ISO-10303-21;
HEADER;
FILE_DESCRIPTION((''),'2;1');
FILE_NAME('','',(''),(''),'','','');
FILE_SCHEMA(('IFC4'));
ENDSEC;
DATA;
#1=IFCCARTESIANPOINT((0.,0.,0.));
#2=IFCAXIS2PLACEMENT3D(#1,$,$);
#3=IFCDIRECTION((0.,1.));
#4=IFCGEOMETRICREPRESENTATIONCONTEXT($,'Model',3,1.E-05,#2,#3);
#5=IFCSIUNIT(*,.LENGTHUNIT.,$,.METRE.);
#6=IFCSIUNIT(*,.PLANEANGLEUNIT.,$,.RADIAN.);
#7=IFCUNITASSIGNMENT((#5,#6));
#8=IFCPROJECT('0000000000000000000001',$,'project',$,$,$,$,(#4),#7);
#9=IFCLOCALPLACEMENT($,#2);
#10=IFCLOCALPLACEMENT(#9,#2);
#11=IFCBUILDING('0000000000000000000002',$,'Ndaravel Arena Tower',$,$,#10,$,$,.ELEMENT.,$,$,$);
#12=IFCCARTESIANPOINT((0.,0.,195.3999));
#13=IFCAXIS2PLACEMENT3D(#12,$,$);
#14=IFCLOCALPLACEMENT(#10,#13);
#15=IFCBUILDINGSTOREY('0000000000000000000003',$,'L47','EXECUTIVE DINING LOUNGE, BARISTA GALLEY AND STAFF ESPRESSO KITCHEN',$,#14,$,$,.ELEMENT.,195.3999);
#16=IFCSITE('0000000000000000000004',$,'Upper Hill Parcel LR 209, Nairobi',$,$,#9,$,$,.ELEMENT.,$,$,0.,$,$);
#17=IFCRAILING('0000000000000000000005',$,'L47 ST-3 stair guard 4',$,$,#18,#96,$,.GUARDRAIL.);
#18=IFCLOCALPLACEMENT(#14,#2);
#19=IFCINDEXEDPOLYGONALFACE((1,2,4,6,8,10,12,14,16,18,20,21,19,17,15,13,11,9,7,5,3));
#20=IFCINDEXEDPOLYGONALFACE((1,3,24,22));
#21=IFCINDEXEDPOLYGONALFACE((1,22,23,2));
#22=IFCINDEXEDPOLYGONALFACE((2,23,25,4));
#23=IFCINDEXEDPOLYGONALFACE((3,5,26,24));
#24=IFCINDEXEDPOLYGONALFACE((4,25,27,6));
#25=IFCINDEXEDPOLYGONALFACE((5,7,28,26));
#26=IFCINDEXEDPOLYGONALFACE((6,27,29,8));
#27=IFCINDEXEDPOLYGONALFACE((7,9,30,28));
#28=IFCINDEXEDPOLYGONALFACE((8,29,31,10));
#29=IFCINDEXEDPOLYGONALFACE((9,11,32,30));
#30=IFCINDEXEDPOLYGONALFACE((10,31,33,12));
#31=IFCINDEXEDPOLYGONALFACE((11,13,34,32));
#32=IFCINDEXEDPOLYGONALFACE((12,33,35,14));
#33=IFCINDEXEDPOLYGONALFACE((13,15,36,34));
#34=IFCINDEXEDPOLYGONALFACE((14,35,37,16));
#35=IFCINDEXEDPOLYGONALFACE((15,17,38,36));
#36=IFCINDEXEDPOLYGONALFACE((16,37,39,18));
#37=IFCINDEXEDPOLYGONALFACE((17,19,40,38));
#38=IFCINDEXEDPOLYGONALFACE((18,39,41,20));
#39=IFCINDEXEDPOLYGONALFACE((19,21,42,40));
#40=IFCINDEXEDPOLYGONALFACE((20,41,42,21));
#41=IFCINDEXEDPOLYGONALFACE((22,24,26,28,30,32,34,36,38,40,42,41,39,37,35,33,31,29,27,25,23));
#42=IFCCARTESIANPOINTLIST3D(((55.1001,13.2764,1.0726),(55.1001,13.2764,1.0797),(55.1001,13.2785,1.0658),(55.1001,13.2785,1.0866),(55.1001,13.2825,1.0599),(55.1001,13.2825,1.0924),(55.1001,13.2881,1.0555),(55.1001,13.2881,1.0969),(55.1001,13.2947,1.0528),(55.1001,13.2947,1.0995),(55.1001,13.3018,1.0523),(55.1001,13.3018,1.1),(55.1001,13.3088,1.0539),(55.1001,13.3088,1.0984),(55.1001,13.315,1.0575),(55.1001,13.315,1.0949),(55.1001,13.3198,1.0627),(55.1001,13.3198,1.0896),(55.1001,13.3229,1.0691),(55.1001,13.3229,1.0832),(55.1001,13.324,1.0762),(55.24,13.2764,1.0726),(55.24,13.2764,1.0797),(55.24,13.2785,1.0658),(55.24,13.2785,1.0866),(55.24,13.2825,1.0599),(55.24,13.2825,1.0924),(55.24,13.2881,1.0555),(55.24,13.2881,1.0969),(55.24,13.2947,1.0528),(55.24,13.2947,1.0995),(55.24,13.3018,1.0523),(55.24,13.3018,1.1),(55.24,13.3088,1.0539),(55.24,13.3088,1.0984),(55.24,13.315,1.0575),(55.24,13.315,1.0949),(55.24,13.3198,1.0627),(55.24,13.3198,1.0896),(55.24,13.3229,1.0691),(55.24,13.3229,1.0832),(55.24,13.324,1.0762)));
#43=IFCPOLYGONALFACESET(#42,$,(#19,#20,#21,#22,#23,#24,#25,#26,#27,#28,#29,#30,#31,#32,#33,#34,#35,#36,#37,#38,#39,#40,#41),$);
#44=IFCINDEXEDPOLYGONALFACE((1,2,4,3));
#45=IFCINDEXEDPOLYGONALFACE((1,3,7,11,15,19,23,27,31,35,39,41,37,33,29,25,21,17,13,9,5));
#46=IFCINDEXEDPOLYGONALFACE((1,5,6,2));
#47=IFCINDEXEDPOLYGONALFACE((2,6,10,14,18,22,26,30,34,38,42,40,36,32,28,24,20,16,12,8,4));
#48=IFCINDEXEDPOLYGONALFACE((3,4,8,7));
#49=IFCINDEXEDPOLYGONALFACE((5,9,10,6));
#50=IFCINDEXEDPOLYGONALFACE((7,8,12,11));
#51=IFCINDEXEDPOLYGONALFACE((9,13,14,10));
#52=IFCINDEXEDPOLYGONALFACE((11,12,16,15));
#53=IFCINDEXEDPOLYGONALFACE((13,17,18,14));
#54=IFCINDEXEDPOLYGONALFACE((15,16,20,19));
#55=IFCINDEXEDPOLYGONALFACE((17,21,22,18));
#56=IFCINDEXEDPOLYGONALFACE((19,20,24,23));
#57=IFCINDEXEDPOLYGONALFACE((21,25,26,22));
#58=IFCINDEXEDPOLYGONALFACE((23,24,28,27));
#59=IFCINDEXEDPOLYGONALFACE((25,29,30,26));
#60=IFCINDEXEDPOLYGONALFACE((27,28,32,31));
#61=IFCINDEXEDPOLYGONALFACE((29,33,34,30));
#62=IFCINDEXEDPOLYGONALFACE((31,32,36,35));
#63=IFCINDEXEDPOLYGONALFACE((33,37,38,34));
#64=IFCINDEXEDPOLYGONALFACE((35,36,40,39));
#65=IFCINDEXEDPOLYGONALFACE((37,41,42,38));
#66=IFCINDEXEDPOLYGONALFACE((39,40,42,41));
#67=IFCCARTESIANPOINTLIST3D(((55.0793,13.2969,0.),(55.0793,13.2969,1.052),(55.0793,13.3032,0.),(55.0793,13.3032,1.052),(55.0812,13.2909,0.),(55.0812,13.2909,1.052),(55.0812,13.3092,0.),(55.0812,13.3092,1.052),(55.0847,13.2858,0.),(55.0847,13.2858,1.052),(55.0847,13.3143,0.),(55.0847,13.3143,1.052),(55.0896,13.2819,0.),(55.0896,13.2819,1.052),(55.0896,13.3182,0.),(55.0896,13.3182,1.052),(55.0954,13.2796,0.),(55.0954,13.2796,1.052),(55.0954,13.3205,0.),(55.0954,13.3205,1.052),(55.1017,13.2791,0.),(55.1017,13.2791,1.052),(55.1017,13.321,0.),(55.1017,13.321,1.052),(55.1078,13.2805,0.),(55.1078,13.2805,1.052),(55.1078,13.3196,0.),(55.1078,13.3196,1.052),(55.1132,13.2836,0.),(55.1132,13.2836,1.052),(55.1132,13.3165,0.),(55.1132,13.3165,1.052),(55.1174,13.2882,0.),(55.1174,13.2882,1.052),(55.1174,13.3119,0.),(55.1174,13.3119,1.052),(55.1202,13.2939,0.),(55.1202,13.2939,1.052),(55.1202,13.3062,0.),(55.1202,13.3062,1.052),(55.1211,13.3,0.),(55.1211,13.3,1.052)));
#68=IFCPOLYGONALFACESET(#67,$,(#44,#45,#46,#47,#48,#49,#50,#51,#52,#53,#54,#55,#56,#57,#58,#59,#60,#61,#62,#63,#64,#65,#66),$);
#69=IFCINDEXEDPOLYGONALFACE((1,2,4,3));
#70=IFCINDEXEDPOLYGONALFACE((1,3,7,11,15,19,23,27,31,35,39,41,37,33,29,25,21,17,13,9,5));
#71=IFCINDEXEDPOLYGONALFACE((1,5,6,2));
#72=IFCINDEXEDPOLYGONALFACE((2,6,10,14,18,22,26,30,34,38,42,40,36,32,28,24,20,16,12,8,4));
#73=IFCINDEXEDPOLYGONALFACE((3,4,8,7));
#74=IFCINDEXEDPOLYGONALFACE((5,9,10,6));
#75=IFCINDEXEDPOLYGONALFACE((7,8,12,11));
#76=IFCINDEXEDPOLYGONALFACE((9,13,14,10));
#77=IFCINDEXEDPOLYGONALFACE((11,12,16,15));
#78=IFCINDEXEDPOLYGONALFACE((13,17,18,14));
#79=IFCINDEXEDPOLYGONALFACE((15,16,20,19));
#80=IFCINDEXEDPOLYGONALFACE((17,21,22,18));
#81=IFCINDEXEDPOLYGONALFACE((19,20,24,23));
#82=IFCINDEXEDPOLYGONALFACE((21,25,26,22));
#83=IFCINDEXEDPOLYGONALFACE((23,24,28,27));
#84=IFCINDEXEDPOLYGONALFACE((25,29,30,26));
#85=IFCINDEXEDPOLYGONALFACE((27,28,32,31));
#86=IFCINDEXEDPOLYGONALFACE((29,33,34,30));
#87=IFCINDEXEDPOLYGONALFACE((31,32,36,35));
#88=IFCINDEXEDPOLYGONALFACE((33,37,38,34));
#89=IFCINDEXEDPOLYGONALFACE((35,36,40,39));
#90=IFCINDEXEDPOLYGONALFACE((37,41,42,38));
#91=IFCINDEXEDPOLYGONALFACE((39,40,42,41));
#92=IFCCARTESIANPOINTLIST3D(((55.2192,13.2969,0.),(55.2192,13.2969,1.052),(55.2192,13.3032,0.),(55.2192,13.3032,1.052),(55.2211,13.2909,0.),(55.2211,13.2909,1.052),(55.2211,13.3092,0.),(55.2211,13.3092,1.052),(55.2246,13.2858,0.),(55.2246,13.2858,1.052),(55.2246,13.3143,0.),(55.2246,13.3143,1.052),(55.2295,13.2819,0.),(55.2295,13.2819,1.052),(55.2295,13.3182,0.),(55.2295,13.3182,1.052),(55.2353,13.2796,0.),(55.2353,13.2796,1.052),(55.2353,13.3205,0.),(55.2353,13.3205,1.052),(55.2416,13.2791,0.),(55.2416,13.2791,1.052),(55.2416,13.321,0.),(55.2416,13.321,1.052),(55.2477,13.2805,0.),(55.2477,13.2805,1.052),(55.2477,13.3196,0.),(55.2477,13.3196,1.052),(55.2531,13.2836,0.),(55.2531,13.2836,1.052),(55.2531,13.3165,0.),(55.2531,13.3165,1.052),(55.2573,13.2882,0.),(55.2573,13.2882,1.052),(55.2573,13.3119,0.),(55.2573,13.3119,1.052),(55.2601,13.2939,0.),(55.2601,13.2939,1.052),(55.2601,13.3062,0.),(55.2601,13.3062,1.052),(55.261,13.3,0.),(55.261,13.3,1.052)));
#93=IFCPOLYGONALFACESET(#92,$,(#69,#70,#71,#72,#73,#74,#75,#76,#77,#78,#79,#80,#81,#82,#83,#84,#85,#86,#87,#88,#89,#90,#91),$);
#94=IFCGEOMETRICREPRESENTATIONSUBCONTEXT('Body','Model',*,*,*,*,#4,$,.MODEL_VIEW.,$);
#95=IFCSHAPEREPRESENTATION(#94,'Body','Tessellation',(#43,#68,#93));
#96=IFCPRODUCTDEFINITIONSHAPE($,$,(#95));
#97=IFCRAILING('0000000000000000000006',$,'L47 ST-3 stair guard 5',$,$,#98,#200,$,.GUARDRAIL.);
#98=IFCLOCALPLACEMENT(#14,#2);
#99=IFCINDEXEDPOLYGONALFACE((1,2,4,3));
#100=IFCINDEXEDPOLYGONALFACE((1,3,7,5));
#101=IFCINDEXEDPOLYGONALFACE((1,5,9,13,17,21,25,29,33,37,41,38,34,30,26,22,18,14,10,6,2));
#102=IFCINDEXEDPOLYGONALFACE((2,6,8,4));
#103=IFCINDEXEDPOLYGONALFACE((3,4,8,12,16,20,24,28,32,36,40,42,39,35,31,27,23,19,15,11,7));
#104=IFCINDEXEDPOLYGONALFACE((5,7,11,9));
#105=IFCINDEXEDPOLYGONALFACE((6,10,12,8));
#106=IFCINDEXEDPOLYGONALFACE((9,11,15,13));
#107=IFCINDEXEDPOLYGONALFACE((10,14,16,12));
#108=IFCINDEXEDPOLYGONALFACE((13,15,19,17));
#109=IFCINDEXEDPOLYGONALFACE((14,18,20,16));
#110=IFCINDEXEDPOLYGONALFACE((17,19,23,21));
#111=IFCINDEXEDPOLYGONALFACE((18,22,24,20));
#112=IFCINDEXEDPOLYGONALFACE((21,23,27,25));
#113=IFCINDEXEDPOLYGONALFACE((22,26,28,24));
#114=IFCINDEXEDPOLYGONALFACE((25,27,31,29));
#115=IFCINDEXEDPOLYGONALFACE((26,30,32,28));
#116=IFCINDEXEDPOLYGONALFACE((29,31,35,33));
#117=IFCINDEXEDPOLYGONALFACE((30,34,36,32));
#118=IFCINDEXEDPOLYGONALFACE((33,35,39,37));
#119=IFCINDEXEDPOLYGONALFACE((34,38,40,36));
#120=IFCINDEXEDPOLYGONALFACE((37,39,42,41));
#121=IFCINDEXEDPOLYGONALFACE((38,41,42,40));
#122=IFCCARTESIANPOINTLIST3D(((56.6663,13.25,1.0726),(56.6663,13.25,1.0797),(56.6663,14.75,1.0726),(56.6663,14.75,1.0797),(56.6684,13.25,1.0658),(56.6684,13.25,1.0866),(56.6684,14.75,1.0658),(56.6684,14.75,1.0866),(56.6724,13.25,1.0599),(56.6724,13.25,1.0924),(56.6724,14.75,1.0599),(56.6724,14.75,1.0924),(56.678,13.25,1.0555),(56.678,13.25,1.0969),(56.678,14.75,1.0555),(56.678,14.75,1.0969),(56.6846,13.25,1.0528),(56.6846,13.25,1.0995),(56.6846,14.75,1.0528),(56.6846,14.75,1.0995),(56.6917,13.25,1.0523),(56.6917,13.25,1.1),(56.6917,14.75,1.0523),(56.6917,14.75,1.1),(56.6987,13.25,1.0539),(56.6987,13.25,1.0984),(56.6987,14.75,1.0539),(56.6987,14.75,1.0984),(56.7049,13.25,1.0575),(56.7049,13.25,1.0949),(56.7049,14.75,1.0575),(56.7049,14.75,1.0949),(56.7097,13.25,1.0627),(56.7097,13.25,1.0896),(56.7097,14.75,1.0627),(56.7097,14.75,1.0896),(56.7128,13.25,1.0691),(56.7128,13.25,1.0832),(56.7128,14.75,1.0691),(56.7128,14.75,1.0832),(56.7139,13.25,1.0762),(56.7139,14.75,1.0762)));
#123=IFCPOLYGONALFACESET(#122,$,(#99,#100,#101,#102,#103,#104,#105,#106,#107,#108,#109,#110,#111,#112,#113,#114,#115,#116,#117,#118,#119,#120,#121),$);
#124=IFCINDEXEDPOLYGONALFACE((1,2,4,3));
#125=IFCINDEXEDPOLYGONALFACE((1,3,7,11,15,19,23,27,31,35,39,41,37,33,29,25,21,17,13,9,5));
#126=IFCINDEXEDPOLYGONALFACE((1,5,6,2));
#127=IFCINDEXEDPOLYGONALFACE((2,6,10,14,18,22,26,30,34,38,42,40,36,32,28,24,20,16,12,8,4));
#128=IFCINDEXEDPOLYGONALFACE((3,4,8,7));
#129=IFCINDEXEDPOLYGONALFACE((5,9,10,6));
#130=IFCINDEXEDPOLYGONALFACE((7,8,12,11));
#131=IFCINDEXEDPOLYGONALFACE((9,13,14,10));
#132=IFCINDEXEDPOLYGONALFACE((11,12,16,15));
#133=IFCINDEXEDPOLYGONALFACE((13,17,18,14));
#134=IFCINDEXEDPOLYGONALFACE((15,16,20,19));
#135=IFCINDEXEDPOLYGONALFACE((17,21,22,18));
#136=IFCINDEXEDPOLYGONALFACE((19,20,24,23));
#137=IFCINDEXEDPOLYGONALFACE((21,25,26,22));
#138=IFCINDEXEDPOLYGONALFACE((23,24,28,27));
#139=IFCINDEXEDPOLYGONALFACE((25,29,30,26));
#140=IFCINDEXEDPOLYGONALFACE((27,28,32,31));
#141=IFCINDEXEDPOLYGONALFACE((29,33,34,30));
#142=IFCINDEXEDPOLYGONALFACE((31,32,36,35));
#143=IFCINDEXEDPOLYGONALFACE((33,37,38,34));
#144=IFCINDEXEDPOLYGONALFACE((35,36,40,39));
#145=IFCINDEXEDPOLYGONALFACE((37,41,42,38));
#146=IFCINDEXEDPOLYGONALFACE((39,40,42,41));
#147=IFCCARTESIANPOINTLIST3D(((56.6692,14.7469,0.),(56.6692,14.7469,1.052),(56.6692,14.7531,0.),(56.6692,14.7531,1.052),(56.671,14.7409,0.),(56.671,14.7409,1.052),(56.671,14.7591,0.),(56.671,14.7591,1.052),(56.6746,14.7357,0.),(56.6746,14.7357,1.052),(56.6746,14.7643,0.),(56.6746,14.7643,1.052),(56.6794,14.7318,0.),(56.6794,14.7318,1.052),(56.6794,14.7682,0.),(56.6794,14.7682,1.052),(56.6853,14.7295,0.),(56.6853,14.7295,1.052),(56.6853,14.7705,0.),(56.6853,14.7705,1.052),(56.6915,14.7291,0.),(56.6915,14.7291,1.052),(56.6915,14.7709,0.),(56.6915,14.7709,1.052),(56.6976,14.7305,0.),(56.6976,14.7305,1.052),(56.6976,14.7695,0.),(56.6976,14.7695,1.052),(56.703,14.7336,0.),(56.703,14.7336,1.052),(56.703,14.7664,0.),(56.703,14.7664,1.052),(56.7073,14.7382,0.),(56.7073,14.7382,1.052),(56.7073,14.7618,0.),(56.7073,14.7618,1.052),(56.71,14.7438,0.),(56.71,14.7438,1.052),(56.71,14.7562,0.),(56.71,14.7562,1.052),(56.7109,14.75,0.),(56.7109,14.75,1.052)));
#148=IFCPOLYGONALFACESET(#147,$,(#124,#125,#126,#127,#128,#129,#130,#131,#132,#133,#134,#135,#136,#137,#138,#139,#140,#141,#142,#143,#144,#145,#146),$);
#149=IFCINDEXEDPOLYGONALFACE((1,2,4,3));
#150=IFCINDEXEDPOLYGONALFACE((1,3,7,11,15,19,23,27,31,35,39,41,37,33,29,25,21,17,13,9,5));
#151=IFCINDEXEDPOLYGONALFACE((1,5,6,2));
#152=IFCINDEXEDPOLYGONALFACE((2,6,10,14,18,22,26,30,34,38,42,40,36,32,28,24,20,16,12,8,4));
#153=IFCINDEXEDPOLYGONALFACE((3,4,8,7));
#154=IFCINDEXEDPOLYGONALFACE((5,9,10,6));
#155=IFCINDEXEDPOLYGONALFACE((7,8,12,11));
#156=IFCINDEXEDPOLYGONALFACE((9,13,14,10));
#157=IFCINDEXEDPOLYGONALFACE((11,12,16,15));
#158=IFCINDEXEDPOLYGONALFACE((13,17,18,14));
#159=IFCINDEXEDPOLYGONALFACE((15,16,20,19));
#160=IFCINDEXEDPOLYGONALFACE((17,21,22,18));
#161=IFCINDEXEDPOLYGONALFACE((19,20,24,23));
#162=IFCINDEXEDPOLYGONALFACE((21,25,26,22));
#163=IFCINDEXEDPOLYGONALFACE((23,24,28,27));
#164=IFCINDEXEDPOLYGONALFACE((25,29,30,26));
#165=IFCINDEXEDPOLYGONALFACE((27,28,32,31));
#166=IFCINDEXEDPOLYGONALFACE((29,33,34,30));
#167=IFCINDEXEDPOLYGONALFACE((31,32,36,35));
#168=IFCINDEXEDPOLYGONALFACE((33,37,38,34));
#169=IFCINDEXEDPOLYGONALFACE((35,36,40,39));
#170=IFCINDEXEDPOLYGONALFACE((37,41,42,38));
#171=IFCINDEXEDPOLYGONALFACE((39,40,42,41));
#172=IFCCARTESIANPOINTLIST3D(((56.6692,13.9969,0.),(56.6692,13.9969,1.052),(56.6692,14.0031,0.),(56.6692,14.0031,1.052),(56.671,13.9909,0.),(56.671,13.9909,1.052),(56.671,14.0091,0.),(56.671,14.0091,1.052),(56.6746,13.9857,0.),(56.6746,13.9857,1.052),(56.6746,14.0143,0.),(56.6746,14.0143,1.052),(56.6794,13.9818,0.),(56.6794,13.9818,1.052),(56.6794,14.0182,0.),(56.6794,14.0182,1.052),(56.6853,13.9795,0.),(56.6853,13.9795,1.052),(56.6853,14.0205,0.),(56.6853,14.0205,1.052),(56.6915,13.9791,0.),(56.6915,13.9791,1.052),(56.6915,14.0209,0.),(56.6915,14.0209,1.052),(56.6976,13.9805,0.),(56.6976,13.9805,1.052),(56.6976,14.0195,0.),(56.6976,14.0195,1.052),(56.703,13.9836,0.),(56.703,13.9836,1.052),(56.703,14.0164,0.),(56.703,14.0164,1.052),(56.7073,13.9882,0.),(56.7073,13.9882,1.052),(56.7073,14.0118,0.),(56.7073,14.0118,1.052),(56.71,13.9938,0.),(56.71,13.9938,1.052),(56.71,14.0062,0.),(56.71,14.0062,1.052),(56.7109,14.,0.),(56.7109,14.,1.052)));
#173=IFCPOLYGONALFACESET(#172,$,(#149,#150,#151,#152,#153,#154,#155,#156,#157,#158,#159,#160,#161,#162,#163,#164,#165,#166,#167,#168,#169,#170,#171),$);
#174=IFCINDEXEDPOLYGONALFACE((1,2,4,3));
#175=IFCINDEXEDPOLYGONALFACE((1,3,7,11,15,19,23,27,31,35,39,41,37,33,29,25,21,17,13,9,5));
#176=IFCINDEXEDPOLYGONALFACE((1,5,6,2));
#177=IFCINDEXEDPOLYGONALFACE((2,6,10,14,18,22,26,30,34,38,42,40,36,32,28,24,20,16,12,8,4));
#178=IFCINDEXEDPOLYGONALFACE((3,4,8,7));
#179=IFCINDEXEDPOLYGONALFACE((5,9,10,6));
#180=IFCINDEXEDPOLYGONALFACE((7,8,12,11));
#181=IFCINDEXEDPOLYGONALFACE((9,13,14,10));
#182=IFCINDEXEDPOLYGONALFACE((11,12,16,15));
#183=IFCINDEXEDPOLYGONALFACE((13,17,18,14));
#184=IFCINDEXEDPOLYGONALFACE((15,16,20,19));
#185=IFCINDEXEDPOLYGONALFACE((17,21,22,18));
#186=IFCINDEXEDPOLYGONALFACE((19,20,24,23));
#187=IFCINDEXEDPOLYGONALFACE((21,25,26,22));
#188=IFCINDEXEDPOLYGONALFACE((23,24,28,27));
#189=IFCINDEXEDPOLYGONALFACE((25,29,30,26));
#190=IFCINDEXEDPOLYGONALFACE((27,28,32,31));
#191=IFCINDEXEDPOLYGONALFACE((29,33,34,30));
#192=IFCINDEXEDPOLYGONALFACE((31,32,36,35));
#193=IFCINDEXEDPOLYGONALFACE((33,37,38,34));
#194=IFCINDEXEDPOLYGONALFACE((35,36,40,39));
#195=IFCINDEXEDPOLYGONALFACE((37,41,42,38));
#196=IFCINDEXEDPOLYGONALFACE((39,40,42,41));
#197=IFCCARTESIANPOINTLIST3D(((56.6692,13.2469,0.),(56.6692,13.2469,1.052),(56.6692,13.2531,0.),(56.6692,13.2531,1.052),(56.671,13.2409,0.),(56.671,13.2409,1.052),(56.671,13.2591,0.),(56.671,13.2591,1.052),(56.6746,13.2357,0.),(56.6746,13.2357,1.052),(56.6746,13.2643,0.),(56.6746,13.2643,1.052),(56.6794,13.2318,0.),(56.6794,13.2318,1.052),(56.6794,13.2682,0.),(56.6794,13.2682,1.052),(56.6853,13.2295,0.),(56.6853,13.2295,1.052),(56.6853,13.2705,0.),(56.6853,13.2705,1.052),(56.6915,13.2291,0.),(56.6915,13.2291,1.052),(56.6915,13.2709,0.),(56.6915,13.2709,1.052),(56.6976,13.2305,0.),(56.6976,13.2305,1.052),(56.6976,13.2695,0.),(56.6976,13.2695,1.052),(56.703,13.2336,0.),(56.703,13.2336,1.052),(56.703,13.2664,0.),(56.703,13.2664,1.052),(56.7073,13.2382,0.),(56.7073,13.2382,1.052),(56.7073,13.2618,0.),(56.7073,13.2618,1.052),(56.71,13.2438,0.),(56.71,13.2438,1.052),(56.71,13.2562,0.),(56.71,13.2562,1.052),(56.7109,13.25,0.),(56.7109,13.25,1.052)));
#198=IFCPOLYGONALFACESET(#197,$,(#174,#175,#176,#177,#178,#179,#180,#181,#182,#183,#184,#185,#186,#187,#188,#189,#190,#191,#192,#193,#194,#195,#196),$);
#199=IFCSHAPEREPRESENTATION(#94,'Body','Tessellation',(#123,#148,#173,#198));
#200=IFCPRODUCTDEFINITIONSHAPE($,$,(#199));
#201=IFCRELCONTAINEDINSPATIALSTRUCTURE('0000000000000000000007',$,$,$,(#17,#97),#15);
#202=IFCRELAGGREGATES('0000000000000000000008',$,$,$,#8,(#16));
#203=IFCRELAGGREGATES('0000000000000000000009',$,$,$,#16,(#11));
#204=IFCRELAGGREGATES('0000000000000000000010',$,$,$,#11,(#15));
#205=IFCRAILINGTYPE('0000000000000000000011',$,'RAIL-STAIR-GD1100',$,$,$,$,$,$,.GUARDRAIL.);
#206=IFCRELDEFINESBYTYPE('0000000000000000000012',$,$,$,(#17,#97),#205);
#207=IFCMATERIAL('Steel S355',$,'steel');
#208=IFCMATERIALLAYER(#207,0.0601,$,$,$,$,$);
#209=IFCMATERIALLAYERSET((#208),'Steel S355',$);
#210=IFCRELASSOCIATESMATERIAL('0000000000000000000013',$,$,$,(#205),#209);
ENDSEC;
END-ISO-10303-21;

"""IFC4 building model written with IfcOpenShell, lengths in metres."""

from ifc_helpers import new_model, si_unit, direction, frame, origin, origin_2d, place, context, subcontext, project, spatial, circle, extrude, material, layer, layer_set, type_object, element, save


model = new_model("IFC4")

# Units and contexts
model_context = context("Model", 3, precision=1e-05, world=origin(), true_north=direction((0.0, 1.0)))
body_context = subcontext(model_context, "Body", "Model", "MODEL_VIEW")
ifc_project = project(units=[si_unit("LENGTHUNIT", "METRE"), si_unit("PLANEANGLEUNIT", "RADIAN")], contexts=[model_context])

# Site, building, storey
site_placement = place(None, origin())
site = spatial("IfcSite", under=ifc_project, at=site_placement, Name="Upper Hill Parcel LR 209, Nairobi", CompositionType="ELEMENT", RefElevation=0.0)
building_placement = place(site_placement, origin())
building = spatial("IfcBuilding", under=site, at=building_placement, Name="Ndaravel Arena Tower", CompositionType="ELEMENT")
storey_placement = place(building_placement, frame((0.0, 0.0, 195.3999)))
storey = spatial("IfcBuildingStorey", under=building, at=storey_placement, Name="L47", Description="EXECUTIVE DINING LOUNGE, BARISTA GALLEY AND STAFF ESPRESSO KITCHEN", CompositionType="ELEMENT", Elevation=195.3999)

# Railings
ifc_material_1 = material(Name="Steel S355", Category="steel")
ifc_layer_1 = layer(ifc_material_1, 0.0601)
ifc_layer_set_1 = layer_set([ifc_layer_1], Name="Steel S355")
railing_type = type_object("IfcRailingType", Name="RAIL-STAIR-GD1100", PredefinedType="GUARDRAIL", material=ifc_layer_set_1)
railing_1_placement = place(storey_placement, frame((55.1001, 13.3, 0.0)))
element("IfcRailing", 1, at=railing_1_placement, inside=storey, type_object=railing_type, Name="L47 ST-3 stair guard 4", PredefinedType="GUARDRAIL", context=body_context, shape_type="SweptSolid", body=[
    extrude(circle(Radius=0.0239, at=origin_2d()), frame((0.0, 0.0, 1.0762), z_axis=(1.0, 0.0, 0.0), x_axis=(0.0, 1.0, 0.0)), (0.0, 0.0, 1.0), 0.1399),
    extrude(circle(Radius=0.021, at=origin_2d()), origin(), (0.0, 0.0, 1.0), 1.052),
    extrude(circle(Radius=0.021, at=origin_2d()), frame((0.1399, 0.0, 0.0)), (0.0, 0.0, 1.0), 1.052),
])
railing_2_placement = place(storey_placement, frame((56.6899, 14.75, 0.0)))
element("IfcRailing", 2, at=railing_2_placement, inside=storey, type_object=railing_type, Name="L47 ST-3 stair guard 5", PredefinedType="GUARDRAIL", context=body_context, shape_type="SweptSolid", body=[
    extrude(circle(Radius=0.0239, at=origin_2d()), frame((0.0, 0.0, 1.0762), z_axis=(0.0, -1.0, 0.0), x_axis=(1.0, 0.0, 0.0)), (0.0, 0.0, 1.0), 1.5),
    extrude(circle(Radius=0.021, at=origin_2d()), origin(), (0.0, 0.0, 1.0), 1.052),
    extrude(circle(Radius=0.021, at=origin_2d()), frame((0.0, -0.75, 0.0)), (0.0, 0.0, 1.0), 1.052),
    extrude(circle(Radius=0.021, at=origin_2d()), frame((0.0, -1.5, 0.0)), (0.0, 0.0, 1.0), 1.052),
])

save(model, "model.ifc")
